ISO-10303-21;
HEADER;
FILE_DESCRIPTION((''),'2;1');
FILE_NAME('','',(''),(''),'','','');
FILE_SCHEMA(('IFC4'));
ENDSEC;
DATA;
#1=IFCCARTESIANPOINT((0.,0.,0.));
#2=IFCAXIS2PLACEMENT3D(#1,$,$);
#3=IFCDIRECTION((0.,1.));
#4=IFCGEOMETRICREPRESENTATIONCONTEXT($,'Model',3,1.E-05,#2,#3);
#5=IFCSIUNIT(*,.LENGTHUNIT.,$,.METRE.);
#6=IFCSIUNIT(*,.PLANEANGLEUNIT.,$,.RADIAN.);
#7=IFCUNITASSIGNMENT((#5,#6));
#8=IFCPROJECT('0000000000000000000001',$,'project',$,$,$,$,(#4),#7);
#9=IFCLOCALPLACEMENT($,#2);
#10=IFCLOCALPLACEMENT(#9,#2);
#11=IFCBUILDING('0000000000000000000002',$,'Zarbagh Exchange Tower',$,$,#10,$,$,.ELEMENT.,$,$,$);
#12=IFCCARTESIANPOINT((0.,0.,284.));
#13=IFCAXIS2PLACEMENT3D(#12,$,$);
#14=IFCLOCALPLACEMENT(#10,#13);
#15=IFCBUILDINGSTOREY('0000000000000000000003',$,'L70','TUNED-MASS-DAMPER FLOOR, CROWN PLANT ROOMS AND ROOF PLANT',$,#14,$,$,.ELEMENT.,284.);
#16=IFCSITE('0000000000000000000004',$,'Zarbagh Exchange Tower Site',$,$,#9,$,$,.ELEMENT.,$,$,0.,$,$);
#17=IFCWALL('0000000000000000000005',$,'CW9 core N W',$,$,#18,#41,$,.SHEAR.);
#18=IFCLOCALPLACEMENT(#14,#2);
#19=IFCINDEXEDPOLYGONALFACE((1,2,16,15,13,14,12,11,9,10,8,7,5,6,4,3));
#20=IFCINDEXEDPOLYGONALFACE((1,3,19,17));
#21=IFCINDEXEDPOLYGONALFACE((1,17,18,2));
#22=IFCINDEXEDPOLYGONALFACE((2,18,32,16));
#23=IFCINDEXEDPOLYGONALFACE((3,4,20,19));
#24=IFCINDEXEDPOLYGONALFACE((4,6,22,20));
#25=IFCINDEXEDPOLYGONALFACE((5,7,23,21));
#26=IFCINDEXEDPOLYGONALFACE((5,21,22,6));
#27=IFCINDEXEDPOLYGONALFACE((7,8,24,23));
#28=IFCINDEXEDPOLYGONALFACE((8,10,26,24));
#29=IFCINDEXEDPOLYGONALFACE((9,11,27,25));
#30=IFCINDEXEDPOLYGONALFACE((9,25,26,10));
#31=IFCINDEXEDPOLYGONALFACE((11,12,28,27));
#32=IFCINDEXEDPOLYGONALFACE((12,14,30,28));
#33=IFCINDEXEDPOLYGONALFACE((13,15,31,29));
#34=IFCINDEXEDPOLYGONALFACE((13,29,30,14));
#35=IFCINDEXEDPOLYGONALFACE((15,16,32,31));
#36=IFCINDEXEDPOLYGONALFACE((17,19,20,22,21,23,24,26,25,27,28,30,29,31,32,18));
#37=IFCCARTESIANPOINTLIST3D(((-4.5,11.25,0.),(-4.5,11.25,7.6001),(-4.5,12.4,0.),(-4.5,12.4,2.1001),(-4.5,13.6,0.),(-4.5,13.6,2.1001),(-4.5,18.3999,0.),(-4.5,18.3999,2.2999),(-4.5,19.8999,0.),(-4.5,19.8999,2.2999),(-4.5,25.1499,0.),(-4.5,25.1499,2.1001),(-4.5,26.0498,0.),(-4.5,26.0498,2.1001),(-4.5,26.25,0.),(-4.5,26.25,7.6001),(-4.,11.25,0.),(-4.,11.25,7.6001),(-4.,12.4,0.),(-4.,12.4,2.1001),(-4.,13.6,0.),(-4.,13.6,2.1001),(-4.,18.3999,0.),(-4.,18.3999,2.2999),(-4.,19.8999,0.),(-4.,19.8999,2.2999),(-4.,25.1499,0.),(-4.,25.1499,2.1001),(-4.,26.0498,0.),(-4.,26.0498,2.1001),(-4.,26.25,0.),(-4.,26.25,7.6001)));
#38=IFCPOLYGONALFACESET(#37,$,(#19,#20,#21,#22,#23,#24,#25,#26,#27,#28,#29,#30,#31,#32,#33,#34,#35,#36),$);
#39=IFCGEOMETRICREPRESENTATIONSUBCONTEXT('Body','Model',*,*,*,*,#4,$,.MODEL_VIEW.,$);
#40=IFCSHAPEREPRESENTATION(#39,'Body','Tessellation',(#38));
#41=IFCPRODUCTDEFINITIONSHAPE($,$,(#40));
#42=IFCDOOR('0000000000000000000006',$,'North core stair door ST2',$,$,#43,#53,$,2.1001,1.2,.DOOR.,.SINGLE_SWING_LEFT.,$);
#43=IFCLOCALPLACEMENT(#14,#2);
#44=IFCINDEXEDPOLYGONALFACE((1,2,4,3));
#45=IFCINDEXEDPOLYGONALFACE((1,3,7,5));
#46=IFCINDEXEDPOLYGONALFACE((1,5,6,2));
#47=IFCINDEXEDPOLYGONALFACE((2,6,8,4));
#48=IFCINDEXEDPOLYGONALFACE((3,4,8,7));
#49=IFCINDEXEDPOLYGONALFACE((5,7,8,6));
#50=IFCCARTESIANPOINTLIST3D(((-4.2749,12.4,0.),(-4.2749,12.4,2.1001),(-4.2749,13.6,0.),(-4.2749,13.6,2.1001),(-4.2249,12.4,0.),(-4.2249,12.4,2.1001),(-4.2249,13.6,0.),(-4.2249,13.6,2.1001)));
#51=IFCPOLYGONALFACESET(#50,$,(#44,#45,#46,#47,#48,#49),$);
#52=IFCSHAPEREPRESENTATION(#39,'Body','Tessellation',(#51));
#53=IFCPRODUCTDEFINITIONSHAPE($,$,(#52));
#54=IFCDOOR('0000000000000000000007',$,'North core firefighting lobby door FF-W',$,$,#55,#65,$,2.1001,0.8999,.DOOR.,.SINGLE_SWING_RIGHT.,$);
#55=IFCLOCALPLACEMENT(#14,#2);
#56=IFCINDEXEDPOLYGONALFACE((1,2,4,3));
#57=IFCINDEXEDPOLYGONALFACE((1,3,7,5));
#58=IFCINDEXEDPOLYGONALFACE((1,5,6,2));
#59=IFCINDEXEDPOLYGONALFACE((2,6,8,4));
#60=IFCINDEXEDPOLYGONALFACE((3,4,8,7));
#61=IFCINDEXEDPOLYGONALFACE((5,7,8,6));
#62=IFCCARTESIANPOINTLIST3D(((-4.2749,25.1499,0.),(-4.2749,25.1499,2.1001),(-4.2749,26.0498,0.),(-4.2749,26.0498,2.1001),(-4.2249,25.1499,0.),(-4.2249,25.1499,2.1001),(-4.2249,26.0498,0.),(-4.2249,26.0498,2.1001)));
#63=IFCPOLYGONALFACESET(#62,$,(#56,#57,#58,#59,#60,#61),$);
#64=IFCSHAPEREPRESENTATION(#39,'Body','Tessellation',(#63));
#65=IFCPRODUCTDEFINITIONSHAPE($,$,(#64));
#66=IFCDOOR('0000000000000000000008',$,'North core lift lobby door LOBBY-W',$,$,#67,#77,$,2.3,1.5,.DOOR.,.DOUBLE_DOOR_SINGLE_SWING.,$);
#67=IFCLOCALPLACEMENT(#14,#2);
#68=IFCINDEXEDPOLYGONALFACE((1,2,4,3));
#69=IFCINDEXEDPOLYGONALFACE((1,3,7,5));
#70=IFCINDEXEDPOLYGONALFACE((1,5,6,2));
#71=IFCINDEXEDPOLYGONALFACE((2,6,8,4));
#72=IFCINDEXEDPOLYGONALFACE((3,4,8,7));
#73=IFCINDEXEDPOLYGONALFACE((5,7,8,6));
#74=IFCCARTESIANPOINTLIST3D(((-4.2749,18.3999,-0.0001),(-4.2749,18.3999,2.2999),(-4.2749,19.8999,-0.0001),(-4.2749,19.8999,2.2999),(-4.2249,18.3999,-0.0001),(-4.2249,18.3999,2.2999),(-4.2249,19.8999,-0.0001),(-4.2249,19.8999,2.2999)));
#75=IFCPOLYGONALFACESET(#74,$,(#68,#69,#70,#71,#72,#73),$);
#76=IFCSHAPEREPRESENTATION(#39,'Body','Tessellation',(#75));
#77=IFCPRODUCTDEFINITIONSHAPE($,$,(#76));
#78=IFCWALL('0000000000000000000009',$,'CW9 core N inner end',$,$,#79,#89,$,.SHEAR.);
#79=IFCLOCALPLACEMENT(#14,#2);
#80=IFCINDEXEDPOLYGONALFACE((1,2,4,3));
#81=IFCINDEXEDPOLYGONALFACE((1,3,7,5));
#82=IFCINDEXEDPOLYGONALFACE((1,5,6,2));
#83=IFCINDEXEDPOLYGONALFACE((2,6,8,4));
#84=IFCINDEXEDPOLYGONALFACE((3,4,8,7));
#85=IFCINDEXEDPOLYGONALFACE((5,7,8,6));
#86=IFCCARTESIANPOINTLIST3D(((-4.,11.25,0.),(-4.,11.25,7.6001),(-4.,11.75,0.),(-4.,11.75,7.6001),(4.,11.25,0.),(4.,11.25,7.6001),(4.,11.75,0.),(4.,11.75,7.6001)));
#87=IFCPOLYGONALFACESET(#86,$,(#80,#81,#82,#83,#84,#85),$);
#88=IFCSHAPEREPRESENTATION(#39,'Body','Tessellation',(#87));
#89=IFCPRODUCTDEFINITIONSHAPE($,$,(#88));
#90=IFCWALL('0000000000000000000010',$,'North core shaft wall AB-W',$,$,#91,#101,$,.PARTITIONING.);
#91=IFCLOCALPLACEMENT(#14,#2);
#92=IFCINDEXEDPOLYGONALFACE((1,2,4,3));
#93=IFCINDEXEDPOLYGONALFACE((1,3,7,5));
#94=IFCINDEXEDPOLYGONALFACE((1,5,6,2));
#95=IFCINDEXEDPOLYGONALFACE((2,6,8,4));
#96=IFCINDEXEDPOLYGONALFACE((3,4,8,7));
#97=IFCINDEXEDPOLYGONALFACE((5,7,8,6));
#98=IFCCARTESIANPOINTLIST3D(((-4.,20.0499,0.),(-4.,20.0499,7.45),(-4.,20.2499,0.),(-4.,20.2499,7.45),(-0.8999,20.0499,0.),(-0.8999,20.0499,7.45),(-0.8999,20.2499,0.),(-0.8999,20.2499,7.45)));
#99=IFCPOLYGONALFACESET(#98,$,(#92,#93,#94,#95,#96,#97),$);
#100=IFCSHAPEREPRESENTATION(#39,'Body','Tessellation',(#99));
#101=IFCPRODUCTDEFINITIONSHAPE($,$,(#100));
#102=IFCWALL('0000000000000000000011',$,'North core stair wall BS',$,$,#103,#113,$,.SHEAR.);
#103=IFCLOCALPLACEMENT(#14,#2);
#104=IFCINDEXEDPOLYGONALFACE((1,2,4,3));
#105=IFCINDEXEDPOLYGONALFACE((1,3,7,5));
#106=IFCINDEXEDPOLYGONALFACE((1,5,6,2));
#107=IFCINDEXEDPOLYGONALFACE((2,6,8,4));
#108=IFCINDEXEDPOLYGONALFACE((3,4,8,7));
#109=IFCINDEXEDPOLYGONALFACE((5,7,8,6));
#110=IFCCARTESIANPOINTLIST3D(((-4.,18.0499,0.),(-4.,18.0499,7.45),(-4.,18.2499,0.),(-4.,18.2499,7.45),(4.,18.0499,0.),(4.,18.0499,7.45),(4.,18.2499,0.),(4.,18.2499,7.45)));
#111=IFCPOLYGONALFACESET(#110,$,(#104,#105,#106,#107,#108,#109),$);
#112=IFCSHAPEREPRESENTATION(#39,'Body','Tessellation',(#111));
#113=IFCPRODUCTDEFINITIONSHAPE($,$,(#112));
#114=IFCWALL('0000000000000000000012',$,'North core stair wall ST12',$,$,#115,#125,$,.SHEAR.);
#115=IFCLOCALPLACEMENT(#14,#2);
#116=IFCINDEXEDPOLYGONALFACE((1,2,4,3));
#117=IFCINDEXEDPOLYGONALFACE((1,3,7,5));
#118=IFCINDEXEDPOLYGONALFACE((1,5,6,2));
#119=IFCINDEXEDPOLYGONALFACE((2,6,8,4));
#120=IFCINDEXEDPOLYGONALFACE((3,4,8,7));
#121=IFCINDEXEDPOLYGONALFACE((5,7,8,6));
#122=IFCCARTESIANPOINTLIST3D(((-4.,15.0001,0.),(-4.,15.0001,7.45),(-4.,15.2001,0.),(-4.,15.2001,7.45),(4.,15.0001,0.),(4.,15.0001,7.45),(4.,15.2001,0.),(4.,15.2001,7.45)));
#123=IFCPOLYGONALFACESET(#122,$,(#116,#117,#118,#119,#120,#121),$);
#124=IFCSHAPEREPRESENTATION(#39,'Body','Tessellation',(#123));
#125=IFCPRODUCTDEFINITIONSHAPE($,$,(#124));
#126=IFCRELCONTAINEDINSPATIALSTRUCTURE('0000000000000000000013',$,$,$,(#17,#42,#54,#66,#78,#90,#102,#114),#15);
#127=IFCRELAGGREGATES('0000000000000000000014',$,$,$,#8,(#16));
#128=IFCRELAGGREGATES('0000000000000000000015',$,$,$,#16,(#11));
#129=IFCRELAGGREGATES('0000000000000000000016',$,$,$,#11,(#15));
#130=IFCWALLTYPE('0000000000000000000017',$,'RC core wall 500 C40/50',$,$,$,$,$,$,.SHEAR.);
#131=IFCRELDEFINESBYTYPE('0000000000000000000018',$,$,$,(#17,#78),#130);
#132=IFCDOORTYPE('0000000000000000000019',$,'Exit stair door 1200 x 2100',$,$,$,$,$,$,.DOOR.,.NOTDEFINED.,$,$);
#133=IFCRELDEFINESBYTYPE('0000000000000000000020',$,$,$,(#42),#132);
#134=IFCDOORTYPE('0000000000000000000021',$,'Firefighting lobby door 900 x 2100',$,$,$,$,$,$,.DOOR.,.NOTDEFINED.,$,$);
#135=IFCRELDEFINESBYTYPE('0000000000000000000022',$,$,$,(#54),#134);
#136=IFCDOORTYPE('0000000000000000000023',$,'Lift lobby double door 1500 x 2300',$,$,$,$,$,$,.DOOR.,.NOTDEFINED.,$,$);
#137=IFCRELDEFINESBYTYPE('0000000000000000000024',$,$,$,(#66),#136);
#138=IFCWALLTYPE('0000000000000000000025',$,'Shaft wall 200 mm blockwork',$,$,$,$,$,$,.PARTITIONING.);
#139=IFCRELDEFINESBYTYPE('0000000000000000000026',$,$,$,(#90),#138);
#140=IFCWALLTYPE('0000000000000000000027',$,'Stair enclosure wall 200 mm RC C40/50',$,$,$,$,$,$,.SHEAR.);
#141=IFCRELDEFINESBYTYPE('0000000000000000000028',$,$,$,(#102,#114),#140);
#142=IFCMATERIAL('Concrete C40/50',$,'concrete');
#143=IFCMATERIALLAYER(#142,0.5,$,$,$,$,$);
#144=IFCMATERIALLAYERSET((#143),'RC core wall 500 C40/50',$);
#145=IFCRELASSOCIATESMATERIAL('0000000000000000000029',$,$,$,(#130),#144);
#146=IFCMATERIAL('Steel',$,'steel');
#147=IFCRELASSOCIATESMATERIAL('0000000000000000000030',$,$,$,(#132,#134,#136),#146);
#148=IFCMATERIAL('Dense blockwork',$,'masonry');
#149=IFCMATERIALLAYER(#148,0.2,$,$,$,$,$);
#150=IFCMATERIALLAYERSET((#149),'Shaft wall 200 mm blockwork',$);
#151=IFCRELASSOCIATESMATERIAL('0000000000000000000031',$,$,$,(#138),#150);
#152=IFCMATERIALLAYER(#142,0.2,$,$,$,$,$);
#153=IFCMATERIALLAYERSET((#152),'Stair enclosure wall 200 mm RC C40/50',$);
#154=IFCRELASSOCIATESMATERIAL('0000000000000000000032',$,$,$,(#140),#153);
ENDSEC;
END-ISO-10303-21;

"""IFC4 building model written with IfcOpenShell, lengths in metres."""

from ifc_helpers import new_model, si_unit, direction, frame, frame_2d, origin, place, context, subcontext, project, spatial, rectangle, extrude, material, layer, layer_set, type_object, element, fill, save


model = new_model("IFC4")

# Units and contexts
model_context = context("Model", 3, precision=1e-05, world=origin(), true_north=direction((0.0, 1.0)))
body_context = subcontext(model_context, "Body", "Model", "MODEL_VIEW")
ifc_project = project(units=[si_unit("LENGTHUNIT", "METRE"), si_unit("PLANEANGLEUNIT", "RADIAN")], contexts=[model_context])

# Site, building, storey
site_placement = place(None, origin())
site = spatial("IfcSite", under=ifc_project, at=site_placement, Name="Zarbagh Exchange Tower Site", CompositionType="ELEMENT", RefElevation=0.0)
building_placement = place(site_placement, origin())
building = spatial("IfcBuilding", under=site, at=building_placement, Name="Zarbagh Exchange Tower", CompositionType="ELEMENT")
storey_placement = place(building_placement, frame((0.0, 0.0, 284.0)))
storey = spatial("IfcBuildingStorey", under=building, at=storey_placement, Name="L70", Description="TUNED-MASS-DAMPER FLOOR, CROWN PLANT ROOMS AND ROOF PLANT", CompositionType="ELEMENT", Elevation=284.0)

# Shared definitions
ifc_material_1 = material(Name="Concrete C40/50", Category="concrete")

# Wall, openings, doors
ifc_layer_1 = layer(ifc_material_1, 0.5)
ifc_layer_set_1 = layer_set([ifc_layer_1], Name="RC core wall 500 C40/50")
wall_type_1 = type_object("IfcWallType", Name="RC core wall 500 C40/50", PredefinedType="SHEAR", material=ifc_layer_set_1)
wall_1_placement = place(storey_placement, frame((-4.25, 11.25, 0.0), z_axis=(0.0, 0.0, 1.0), x_axis=(0.0, 1.0, 0.0)))
wall_1 = element("IfcWall", 1, at=wall_1_placement, inside=storey, type_object=wall_type_1, Name="CW9 core N W", PredefinedType="SHEAR", context=body_context, shape_type="SweptSolid", body=[
    extrude(rectangle(XDim=15.0, YDim=0.5, at=frame_2d((7.5, 0.0))), origin(), (0.0, 0.0, 1.0), 7.6001),
])
opening_1_placement = place(wall_1_placement, frame((7.1499, 0.0, 0.0)))
opening_1 = element("IfcOpeningElement", 2, at=opening_1_placement, cuts=wall_1, PredefinedType="OPENING", context=body_context, shape_type="SweptSolid", body=[
    extrude(rectangle(XDim=1.5, YDim=2.3, at=frame_2d((0.75, 1.1499))), frame((0.0, 0.26, 0.0), z_axis=(0.0, -1.0, 0.0), x_axis=(1.0, 0.0, 0.0)), (0.0, 0.0, 1.0), 0.52),
])
opening_2_placement = place(wall_1_placement, frame((13.8999, 0.0, 0.0)))
opening_2 = element("IfcOpeningElement", 3, at=opening_2_placement, cuts=wall_1, PredefinedType="OPENING", context=body_context, shape_type="SweptSolid", body=[
    extrude(rectangle(XDim=0.8999, YDim=2.1001, at=frame_2d((0.45, 1.05))), frame((0.0, 0.26, 0.0), z_axis=(0.0, -1.0, 0.0), x_axis=(1.0, 0.0, 0.0)), (0.0, 0.0, 1.0), 0.52),
])
opening_3_placement = place(wall_1_placement, frame((1.1499, 0.0, 0.0)))
opening_3 = element("IfcOpeningElement", 4, at=opening_3_placement, cuts=wall_1, PredefinedType="OPENING", context=body_context, shape_type="SweptSolid", body=[
    extrude(rectangle(XDim=1.2, YDim=2.1001, at=frame_2d((0.6001, 1.05))), frame((0.0, 0.26, 0.0), z_axis=(0.0, -1.0, 0.0), x_axis=(1.0, 0.0, 0.0)), (0.0, 0.0, 1.0), 0.52),
])
ifc_material_2 = material(Name="Steel", Category="steel")
door_type_1 = type_object("IfcDoorType", Name="Exit stair door 1200 x 2100", OperationType="NOTDEFINED", PredefinedType="DOOR", material=ifc_material_2)
door_1_placement = place(opening_3_placement, origin())
door_1 = element("IfcDoor", 5, at=door_1_placement, inside=storey, type_object=door_type_1, Name="North core stair door ST2", OperationType="SINGLE_SWING_LEFT", OverallHeight=2.1001, OverallWidth=1.2, PredefinedType="DOOR", context=body_context, shape_type="SweptSolid", body=[
    extrude(rectangle(XDim=1.2, YDim=2.1001, at=frame_2d((0.6001, 1.05))), frame((0.0, 0.0249, 0.0), z_axis=(0.0, -1.0, 0.0), x_axis=(1.0, 0.0, 0.0)), (0.0, 0.0, 1.0), 0.05),
])
fill(opening_3, door_1)
door_type_2 = type_object("IfcDoorType", Name="Firefighting lobby door 900 x 2100", OperationType="NOTDEFINED", PredefinedType="DOOR", material=ifc_material_2)
door_2_placement = place(opening_2_placement, origin())
door_2 = element("IfcDoor", 6, at=door_2_placement, inside=storey, type_object=door_type_2, Name="North core firefighting lobby door FF-W", OperationType="SINGLE_SWING_RIGHT", OverallHeight=2.1001, OverallWidth=0.8999, PredefinedType="DOOR", context=body_context, shape_type="SweptSolid", body=[
    extrude(rectangle(XDim=0.8999, YDim=2.1001, at=frame_2d((0.45, 1.05))), frame((0.0, 0.0249, 0.0), z_axis=(0.0, -1.0, 0.0), x_axis=(1.0, 0.0, 0.0)), (0.0, 0.0, 1.0), 0.05),
])
fill(opening_2, door_2)
door_type_3 = type_object("IfcDoorType", Name="Lift lobby double door 1500 x 2300", OperationType="NOTDEFINED", PredefinedType="DOOR", material=ifc_material_2)
door_3_placement = place(opening_1_placement, origin())
door_3 = element("IfcDoor", 7, at=door_3_placement, inside=storey, type_object=door_type_3, Name="North core lift lobby door LOBBY-W", OperationType="DOUBLE_DOOR_SINGLE_SWING", OverallHeight=2.3, OverallWidth=1.5, PredefinedType="DOOR", context=body_context, shape_type="SweptSolid", body=[
    extrude(rectangle(XDim=1.5, YDim=2.3, at=frame_2d((0.75, 1.1499))), frame((0.0, 0.0249, 0.0), z_axis=(0.0, -1.0, 0.0), x_axis=(1.0, 0.0, 0.0)), (0.0, 0.0, 1.0), 0.05),
])
fill(opening_1, door_3)

# Walls
wall_2_placement = place(storey_placement, frame((-4.0, 11.5, 0.0), z_axis=(0.0, 0.0, 1.0), x_axis=(1.0, 0.0, 0.0)))
element("IfcWall", 8, at=wall_2_placement, inside=storey, type_object=wall_type_1, Name="CW9 core N inner end", PredefinedType="SHEAR", context=body_context, shape_type="SweptSolid", body=[
    extrude(rectangle(XDim=8.0, YDim=0.5, at=frame_2d((4.0, 0.0))), origin(), (0.0, 0.0, 1.0), 7.6001),
])
ifc_material_3 = material(Name="Dense blockwork", Category="masonry")
ifc_layer_2 = layer(ifc_material_3, 0.2)
ifc_layer_set_2 = layer_set([ifc_layer_2], Name="Shaft wall 200 mm blockwork")
wall_type_2 = type_object("IfcWallType", Name="Shaft wall 200 mm blockwork", PredefinedType="PARTITIONING", material=ifc_layer_set_2)
wall_3_placement = place(storey_placement, frame((-4.0, 20.1499, 0.0), z_axis=(0.0, 0.0, 1.0), x_axis=(1.0, 0.0, 0.0)))
element("IfcWall", 9, at=wall_3_placement, inside=storey, type_object=wall_type_2, Name="North core shaft wall AB-W", PredefinedType="PARTITIONING", context=body_context, shape_type="SweptSolid", body=[
    extrude(rectangle(XDim=3.1001, YDim=0.2, at=frame_2d((1.55, 0.0))), origin(), (0.0, 0.0, 1.0), 7.45),
])
ifc_layer_3 = layer(ifc_material_1, 0.2)
ifc_layer_set_3 = layer_set([ifc_layer_3], Name="Stair enclosure wall 200 mm RC C40/50")
wall_type_3 = type_object("IfcWallType", Name="Stair enclosure wall 200 mm RC C40/50", PredefinedType="SHEAR", material=ifc_layer_set_3)
for number, where, z_axis, x_axis, name in (
    (10, (-4.0, 18.1499, 0.0), (0.0, 0.0, 1.0), (1.0, 0.0, 0.0), "North core stair wall BS"),
    (11, (-4.0, 15.1001, 0.0), (0.0, 0.0, 1.0), (1.0, 0.0, 0.0), "North core stair wall ST12"),
):
    element("IfcWall", number, at=place(storey_placement, frame(where, z_axis=z_axis, x_axis=x_axis)), inside=storey, type_object=wall_type_3, Name=name, PredefinedType="SHEAR", context=body_context, shape_type="SweptSolid", body=[
        extrude(rectangle(XDim=8.0, YDim=0.2, at=frame_2d((4.0, 0.0))), origin(), (0.0, 0.0, 1.0), 7.45),
    ])

save(model, "model.ifc")
